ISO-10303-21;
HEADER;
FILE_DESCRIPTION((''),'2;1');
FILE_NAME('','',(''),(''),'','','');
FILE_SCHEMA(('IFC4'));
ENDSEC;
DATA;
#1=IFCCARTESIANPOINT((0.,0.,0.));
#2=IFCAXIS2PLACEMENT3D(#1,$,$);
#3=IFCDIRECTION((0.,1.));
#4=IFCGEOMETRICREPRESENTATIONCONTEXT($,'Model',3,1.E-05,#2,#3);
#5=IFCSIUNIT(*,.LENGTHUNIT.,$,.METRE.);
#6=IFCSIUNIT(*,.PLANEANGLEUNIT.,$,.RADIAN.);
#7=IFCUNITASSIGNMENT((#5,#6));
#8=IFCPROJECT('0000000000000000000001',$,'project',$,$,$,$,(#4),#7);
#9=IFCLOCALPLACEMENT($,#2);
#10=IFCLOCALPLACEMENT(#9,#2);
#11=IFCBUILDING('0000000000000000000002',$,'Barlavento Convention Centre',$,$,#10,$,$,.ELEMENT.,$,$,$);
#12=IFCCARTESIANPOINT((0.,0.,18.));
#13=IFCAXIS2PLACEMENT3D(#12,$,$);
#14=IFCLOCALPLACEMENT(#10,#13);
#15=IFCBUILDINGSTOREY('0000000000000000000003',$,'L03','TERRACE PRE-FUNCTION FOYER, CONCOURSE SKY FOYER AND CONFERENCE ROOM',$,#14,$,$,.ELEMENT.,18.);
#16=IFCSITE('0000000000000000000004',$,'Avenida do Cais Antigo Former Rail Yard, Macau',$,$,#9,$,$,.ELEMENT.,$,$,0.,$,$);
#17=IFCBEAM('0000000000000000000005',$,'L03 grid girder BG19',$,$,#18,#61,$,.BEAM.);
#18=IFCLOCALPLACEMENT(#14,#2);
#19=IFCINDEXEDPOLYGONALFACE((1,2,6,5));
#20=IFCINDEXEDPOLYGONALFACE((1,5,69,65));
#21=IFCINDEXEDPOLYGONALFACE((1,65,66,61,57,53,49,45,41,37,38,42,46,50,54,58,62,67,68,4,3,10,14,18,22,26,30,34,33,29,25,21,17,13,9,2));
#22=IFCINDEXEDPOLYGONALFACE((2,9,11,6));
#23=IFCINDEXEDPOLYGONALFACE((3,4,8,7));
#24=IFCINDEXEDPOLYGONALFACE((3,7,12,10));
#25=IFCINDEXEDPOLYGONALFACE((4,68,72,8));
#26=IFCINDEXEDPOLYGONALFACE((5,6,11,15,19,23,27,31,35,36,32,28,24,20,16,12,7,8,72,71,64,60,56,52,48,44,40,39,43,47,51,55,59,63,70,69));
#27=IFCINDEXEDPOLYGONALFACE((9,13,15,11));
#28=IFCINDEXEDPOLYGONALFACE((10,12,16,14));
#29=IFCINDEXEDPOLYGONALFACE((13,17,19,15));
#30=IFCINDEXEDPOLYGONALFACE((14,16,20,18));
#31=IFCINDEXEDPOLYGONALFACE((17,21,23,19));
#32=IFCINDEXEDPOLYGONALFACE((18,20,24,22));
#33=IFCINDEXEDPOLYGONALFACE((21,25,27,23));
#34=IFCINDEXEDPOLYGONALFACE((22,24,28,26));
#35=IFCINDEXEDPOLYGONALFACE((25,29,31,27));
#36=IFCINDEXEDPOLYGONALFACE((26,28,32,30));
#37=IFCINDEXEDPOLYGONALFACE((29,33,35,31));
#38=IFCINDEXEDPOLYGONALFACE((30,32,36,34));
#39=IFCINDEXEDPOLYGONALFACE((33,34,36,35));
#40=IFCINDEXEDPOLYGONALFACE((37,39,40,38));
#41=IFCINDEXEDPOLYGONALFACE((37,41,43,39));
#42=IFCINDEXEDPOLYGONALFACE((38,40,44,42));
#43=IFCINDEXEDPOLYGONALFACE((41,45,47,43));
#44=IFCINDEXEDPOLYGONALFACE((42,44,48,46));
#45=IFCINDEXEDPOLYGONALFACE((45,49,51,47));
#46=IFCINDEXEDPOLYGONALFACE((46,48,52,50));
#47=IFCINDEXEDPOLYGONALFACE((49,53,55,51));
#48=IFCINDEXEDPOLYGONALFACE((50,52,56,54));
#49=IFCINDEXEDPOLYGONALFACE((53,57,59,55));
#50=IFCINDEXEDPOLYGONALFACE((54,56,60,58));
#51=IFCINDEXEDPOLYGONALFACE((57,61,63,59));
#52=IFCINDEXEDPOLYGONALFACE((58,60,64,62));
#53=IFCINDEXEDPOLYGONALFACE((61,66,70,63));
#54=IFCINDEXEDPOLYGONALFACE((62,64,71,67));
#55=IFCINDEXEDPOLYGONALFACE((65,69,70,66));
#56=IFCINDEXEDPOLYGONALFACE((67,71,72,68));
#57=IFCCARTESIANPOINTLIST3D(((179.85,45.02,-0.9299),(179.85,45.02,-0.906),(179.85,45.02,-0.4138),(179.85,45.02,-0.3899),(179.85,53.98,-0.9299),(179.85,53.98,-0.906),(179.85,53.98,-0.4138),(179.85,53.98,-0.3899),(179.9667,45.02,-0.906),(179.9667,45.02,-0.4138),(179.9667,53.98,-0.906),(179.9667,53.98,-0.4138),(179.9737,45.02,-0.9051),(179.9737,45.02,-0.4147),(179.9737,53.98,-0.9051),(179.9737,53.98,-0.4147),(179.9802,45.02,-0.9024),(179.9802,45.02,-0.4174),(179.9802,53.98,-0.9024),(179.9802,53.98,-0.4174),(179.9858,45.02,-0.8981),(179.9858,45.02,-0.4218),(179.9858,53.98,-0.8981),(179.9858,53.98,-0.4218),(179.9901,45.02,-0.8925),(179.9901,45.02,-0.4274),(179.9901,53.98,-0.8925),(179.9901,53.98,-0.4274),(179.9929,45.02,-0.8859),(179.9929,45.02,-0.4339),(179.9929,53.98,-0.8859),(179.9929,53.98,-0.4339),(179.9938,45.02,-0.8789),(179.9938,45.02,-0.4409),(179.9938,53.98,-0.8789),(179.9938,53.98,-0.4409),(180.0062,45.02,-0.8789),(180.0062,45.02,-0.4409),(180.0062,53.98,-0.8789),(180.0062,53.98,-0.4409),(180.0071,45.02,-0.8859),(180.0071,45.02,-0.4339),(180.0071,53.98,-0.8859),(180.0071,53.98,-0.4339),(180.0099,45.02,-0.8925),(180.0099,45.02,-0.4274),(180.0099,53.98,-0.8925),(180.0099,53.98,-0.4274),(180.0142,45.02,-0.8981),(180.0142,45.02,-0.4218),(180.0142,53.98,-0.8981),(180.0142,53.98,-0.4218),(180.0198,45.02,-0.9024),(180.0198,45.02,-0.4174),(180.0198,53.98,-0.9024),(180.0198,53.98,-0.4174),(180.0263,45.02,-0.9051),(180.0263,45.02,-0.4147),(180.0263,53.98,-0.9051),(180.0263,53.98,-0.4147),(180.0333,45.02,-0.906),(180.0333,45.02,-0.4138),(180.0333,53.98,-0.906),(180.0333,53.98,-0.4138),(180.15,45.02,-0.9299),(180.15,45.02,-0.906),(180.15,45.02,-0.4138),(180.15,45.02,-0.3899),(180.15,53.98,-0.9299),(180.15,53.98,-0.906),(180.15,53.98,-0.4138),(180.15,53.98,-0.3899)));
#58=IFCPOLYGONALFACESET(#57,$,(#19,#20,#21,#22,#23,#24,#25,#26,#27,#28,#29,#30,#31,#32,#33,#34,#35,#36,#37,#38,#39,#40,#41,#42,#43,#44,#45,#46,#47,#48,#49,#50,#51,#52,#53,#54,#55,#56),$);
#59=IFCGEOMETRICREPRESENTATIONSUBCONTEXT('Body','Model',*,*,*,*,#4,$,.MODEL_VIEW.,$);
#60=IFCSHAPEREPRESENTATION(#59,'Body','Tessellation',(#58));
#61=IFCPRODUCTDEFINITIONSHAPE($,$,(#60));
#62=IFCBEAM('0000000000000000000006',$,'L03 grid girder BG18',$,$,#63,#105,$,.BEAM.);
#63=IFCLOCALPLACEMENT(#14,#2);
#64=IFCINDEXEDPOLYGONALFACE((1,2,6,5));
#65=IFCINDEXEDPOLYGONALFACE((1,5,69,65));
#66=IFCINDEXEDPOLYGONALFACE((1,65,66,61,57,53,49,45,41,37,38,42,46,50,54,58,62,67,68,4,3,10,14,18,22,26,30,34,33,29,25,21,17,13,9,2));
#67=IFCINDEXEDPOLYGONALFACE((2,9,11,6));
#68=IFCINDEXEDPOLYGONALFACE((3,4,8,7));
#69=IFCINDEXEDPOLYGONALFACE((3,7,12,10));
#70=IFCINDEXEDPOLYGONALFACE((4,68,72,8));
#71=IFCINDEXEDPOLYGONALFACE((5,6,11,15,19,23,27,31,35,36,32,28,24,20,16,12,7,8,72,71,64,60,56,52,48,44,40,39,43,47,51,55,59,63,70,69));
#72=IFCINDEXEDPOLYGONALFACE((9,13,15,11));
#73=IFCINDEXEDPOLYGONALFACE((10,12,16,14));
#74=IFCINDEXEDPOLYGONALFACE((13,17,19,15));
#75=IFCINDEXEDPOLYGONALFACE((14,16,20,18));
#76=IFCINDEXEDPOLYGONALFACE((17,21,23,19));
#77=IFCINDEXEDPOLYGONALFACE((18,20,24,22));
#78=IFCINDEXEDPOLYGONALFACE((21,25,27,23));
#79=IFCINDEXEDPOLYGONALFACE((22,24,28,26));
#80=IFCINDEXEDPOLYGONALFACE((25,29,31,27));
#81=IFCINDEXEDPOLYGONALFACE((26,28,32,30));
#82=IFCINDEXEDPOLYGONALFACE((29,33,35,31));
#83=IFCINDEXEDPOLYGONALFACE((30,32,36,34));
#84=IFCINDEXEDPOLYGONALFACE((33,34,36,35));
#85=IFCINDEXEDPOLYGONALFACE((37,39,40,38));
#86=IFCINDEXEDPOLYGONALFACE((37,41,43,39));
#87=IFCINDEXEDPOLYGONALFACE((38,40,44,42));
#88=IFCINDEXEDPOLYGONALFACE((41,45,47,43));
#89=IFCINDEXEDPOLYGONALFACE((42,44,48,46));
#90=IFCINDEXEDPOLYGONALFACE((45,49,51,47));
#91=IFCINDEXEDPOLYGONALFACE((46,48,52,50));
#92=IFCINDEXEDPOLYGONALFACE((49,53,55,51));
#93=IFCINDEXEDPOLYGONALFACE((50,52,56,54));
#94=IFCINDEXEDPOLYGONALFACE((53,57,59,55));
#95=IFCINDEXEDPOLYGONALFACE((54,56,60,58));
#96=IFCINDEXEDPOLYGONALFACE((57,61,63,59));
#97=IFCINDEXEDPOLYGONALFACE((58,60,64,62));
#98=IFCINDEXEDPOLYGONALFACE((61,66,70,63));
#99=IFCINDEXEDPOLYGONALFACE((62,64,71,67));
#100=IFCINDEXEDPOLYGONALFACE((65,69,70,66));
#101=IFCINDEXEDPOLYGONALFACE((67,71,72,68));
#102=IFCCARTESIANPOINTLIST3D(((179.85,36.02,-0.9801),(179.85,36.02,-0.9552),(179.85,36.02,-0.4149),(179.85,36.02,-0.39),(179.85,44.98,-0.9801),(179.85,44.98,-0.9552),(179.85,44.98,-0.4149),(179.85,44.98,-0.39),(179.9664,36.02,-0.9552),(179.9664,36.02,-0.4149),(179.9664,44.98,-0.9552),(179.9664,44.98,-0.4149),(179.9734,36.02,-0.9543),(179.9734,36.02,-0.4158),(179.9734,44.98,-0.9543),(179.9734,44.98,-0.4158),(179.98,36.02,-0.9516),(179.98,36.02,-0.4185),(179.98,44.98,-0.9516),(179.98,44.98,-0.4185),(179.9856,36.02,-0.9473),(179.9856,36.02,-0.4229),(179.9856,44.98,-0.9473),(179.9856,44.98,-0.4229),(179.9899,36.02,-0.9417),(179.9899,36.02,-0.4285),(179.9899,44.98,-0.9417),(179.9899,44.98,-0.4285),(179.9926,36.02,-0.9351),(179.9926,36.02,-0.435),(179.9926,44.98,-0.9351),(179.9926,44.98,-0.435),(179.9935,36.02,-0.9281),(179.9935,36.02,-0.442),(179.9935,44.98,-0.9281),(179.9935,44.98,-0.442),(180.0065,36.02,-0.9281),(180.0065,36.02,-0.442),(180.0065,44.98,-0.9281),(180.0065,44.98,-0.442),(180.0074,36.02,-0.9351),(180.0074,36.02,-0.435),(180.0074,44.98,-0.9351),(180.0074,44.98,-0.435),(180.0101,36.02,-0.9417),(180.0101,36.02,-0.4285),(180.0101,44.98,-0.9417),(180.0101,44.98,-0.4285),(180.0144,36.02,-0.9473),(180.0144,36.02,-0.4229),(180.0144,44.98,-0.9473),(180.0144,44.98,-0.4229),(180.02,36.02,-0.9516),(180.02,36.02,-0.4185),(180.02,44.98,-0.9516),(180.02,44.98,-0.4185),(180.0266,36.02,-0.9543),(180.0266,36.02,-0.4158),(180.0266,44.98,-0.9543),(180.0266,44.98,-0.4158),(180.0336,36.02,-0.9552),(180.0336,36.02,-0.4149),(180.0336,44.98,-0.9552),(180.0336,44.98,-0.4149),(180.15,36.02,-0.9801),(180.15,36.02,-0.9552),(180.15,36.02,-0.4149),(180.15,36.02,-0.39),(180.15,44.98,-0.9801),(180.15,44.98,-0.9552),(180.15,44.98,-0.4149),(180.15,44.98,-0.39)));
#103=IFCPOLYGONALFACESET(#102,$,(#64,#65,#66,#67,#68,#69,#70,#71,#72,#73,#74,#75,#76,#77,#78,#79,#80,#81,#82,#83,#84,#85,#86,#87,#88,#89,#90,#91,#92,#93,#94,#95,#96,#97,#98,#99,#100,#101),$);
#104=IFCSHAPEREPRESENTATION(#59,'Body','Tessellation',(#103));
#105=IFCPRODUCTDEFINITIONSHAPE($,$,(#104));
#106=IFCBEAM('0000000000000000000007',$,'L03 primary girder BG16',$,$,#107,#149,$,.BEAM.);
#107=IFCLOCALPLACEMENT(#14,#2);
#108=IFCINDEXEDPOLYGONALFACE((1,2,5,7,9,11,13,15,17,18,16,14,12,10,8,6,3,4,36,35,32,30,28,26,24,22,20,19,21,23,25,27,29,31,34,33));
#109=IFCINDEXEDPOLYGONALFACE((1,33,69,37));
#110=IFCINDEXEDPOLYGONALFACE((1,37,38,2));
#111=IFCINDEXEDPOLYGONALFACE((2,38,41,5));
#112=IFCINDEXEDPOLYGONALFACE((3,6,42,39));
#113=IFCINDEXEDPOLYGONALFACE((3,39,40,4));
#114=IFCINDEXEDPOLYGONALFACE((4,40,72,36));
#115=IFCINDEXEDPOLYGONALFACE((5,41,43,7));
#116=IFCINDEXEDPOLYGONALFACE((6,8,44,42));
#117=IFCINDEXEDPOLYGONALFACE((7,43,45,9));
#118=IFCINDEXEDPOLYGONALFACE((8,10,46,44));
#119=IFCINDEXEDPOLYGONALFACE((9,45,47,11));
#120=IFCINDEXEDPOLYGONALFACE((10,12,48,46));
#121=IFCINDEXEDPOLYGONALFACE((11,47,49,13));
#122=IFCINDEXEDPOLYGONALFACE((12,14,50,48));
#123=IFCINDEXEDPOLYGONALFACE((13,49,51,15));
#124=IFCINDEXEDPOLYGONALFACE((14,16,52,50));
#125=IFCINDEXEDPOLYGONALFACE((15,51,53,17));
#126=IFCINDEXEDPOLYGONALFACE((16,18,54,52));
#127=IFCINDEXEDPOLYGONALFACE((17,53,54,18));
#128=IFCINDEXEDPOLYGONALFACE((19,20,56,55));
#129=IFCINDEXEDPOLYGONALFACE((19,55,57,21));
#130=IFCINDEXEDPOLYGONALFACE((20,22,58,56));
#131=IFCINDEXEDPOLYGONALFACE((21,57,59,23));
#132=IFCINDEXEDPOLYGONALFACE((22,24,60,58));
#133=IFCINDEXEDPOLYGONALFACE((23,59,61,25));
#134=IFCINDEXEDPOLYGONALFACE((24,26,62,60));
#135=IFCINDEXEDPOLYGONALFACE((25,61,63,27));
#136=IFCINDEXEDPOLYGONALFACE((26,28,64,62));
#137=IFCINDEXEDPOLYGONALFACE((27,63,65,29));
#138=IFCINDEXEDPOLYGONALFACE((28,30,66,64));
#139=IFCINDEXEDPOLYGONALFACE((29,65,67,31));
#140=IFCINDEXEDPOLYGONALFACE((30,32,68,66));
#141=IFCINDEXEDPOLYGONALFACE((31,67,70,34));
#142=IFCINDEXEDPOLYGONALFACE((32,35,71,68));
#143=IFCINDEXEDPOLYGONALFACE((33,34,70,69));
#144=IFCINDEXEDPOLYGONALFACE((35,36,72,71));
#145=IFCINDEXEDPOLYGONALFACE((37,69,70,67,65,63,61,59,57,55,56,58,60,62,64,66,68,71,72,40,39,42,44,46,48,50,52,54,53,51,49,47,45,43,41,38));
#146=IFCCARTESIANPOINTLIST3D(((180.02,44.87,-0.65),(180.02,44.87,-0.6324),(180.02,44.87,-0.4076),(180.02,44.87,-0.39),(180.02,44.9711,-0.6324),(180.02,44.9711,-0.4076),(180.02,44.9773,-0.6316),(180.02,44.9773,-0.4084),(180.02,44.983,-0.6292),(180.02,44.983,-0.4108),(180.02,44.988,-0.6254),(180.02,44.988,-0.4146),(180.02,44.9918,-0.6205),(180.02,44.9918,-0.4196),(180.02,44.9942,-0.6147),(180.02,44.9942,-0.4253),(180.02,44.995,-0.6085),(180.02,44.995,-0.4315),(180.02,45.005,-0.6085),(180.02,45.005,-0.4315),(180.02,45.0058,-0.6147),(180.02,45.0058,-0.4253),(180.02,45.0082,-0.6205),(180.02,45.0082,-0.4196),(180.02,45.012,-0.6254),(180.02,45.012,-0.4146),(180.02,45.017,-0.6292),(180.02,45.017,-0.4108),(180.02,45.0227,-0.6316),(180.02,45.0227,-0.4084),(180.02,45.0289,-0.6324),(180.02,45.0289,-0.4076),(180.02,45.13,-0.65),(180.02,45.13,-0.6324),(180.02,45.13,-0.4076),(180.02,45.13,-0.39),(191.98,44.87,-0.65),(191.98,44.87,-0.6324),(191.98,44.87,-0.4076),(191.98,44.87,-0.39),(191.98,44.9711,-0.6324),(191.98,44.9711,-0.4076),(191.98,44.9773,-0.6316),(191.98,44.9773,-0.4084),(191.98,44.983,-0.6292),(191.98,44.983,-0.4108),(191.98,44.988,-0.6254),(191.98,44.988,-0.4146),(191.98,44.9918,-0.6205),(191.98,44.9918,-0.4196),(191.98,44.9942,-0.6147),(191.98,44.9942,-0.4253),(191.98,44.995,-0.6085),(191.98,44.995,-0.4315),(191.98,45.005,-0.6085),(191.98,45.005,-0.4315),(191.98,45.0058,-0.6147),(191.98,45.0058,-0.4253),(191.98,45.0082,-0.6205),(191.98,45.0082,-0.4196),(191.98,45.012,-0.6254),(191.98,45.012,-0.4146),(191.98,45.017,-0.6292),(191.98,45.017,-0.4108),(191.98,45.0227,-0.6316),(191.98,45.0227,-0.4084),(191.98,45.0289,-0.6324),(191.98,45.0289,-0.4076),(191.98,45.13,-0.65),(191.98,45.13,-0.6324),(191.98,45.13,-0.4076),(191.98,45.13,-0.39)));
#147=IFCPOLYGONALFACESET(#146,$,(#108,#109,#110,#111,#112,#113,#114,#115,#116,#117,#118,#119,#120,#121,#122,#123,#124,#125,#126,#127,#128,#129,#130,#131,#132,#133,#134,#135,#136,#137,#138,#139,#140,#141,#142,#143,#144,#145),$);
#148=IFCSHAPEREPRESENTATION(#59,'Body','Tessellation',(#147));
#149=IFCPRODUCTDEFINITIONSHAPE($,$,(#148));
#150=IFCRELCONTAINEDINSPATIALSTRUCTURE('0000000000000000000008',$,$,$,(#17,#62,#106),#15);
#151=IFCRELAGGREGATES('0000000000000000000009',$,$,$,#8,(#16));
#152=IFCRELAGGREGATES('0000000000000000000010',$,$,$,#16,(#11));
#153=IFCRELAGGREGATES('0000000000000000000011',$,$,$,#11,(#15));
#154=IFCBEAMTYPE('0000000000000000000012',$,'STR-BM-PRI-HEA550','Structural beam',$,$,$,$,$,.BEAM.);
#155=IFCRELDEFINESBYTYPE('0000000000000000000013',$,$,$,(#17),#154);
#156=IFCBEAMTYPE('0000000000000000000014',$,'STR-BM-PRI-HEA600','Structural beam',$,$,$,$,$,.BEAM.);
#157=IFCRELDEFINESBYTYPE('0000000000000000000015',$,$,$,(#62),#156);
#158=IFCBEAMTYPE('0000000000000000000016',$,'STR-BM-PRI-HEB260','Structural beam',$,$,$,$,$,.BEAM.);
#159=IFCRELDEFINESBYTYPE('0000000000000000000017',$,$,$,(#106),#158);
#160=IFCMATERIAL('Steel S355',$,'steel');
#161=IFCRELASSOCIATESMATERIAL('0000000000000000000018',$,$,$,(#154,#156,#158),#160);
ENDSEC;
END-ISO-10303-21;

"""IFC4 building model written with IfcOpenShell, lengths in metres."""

from ifc_helpers import new_model, si_unit, direction, frame, origin, origin_2d, place, context, subcontext, project, spatial, i_section, extrude, material, material_profile, profile_set, type_object, element, save


model = new_model("IFC4")

# Units and contexts
model_context = context("Model", 3, precision=1e-05, world=origin(), true_north=direction((0.0, 1.0)))
body_context = subcontext(model_context, "Body", "Model", "MODEL_VIEW")
ifc_project = project(units=[si_unit("LENGTHUNIT", "METRE"), si_unit("PLANEANGLEUNIT", "RADIAN")], contexts=[model_context])

# Site, building, storey
site_placement = place(None, origin())
site = spatial("IfcSite", under=ifc_project, at=site_placement, Name="Avenida do Cais Antigo Former Rail Yard, Macau", CompositionType="ELEMENT", RefElevation=0.0)
building_placement = place(site_placement, origin())
building = spatial("IfcBuilding", under=site, at=building_placement, Name="Barlavento Convention Centre", CompositionType="ELEMENT")
storey_placement = place(building_placement, frame((0.0, 0.0, 18.0)))
storey = spatial("IfcBuildingStorey", under=building, at=storey_placement, Name="L03", Description="TERRACE PRE-FUNCTION FOYER, CONCOURSE SKY FOYER AND CONFERENCE ROOM", CompositionType="ELEMENT", Elevation=18.0)

# Shared definitions
ifc_material_1 = material(Name="Steel S355", Category="steel")

# Beams
ifc_material_profile_1 = material_profile(ifc_material_1, i_section(OverallWidth=0.3, OverallDepth=0.54, WebThickness=0.0125, FlangeThickness=0.0239, FilletRadius=0.0271, at=origin_2d()), Name="HEA 550")
ifc_profile_set_1 = profile_set([ifc_material_profile_1], Name="Steel S355")
beam_type_1 = type_object("IfcBeamType", Name="STR-BM-PRI-HEA550", Description="Structural beam", PredefinedType="BEAM", material=ifc_profile_set_1)
beam_1_placement = place(storey_placement, frame((180.0, 45.02, -0.6599), z_axis=(0.0, 1.0, 0.0), x_axis=(-1.0, 0.0, 0.0)))
element("IfcBeam", 1, at=beam_1_placement, inside=storey, type_object=beam_type_1, Name="L03 grid girder BG19", PredefinedType="BEAM", context=body_context, shape_type="SweptSolid", body=[
    extrude(i_section(OverallWidth=0.3, OverallDepth=0.54, WebThickness=0.0125, FlangeThickness=0.0239, FilletRadius=0.0271, at=origin_2d()), origin(), (0.0, 0.0, 1.0), 8.96),
])
ifc_material_profile_2 = material_profile(ifc_material_1, i_section(OverallWidth=0.3, OverallDepth=0.5901, WebThickness=0.0129, FlangeThickness=0.0249, FilletRadius=0.0271, at=origin_2d()), Name="HEA 600")
ifc_profile_set_2 = profile_set([ifc_material_profile_2], Name="Steel S355")
beam_type_2 = type_object("IfcBeamType", Name="STR-BM-PRI-HEA600", Description="Structural beam", PredefinedType="BEAM", material=ifc_profile_set_2)
beam_2_placement = place(storey_placement, frame((180.0, 36.02, -0.6851), z_axis=(0.0, 1.0, 0.0), x_axis=(-1.0, 0.0, 0.0)))
element("IfcBeam", 2, at=beam_2_placement, inside=storey, type_object=beam_type_2, Name="L03 grid girder BG18", PredefinedType="BEAM", context=body_context, shape_type="SweptSolid", body=[
    extrude(i_section(OverallWidth=0.3, OverallDepth=0.5901, WebThickness=0.0129, FlangeThickness=0.0249, FilletRadius=0.0271, at=origin_2d()), origin(), (0.0, 0.0, 1.0), 8.96),
])
ifc_material_profile_3 = material_profile(ifc_material_1, i_section(OverallWidth=0.26, OverallDepth=0.26, WebThickness=0.01, FlangeThickness=0.0176, FilletRadius=0.0239, at=origin_2d()), Name="HEB 260")
ifc_profile_set_3 = profile_set([ifc_material_profile_3], Name="Steel S355")
beam_type_3 = type_object("IfcBeamType", Name="STR-BM-PRI-HEB260", Description="Structural beam", PredefinedType="BEAM", material=ifc_profile_set_3)
beam_3_placement = place(storey_placement, frame((180.02, 45.0, -0.52), z_axis=(1.0, 0.0, 0.0), x_axis=(0.0, 1.0, 0.0)))
element("IfcBeam", 3, at=beam_3_placement, inside=storey, type_object=beam_type_3, Name="L03 primary girder BG16", PredefinedType="BEAM", context=body_context, shape_type="SweptSolid", body=[
    extrude(i_section(OverallWidth=0.26, OverallDepth=0.26, WebThickness=0.01, FlangeThickness=0.0176, FilletRadius=0.0239, at=origin_2d()), origin(), (0.0, 0.0, 1.0), 11.96),
])

save(model, "model.ifc")
